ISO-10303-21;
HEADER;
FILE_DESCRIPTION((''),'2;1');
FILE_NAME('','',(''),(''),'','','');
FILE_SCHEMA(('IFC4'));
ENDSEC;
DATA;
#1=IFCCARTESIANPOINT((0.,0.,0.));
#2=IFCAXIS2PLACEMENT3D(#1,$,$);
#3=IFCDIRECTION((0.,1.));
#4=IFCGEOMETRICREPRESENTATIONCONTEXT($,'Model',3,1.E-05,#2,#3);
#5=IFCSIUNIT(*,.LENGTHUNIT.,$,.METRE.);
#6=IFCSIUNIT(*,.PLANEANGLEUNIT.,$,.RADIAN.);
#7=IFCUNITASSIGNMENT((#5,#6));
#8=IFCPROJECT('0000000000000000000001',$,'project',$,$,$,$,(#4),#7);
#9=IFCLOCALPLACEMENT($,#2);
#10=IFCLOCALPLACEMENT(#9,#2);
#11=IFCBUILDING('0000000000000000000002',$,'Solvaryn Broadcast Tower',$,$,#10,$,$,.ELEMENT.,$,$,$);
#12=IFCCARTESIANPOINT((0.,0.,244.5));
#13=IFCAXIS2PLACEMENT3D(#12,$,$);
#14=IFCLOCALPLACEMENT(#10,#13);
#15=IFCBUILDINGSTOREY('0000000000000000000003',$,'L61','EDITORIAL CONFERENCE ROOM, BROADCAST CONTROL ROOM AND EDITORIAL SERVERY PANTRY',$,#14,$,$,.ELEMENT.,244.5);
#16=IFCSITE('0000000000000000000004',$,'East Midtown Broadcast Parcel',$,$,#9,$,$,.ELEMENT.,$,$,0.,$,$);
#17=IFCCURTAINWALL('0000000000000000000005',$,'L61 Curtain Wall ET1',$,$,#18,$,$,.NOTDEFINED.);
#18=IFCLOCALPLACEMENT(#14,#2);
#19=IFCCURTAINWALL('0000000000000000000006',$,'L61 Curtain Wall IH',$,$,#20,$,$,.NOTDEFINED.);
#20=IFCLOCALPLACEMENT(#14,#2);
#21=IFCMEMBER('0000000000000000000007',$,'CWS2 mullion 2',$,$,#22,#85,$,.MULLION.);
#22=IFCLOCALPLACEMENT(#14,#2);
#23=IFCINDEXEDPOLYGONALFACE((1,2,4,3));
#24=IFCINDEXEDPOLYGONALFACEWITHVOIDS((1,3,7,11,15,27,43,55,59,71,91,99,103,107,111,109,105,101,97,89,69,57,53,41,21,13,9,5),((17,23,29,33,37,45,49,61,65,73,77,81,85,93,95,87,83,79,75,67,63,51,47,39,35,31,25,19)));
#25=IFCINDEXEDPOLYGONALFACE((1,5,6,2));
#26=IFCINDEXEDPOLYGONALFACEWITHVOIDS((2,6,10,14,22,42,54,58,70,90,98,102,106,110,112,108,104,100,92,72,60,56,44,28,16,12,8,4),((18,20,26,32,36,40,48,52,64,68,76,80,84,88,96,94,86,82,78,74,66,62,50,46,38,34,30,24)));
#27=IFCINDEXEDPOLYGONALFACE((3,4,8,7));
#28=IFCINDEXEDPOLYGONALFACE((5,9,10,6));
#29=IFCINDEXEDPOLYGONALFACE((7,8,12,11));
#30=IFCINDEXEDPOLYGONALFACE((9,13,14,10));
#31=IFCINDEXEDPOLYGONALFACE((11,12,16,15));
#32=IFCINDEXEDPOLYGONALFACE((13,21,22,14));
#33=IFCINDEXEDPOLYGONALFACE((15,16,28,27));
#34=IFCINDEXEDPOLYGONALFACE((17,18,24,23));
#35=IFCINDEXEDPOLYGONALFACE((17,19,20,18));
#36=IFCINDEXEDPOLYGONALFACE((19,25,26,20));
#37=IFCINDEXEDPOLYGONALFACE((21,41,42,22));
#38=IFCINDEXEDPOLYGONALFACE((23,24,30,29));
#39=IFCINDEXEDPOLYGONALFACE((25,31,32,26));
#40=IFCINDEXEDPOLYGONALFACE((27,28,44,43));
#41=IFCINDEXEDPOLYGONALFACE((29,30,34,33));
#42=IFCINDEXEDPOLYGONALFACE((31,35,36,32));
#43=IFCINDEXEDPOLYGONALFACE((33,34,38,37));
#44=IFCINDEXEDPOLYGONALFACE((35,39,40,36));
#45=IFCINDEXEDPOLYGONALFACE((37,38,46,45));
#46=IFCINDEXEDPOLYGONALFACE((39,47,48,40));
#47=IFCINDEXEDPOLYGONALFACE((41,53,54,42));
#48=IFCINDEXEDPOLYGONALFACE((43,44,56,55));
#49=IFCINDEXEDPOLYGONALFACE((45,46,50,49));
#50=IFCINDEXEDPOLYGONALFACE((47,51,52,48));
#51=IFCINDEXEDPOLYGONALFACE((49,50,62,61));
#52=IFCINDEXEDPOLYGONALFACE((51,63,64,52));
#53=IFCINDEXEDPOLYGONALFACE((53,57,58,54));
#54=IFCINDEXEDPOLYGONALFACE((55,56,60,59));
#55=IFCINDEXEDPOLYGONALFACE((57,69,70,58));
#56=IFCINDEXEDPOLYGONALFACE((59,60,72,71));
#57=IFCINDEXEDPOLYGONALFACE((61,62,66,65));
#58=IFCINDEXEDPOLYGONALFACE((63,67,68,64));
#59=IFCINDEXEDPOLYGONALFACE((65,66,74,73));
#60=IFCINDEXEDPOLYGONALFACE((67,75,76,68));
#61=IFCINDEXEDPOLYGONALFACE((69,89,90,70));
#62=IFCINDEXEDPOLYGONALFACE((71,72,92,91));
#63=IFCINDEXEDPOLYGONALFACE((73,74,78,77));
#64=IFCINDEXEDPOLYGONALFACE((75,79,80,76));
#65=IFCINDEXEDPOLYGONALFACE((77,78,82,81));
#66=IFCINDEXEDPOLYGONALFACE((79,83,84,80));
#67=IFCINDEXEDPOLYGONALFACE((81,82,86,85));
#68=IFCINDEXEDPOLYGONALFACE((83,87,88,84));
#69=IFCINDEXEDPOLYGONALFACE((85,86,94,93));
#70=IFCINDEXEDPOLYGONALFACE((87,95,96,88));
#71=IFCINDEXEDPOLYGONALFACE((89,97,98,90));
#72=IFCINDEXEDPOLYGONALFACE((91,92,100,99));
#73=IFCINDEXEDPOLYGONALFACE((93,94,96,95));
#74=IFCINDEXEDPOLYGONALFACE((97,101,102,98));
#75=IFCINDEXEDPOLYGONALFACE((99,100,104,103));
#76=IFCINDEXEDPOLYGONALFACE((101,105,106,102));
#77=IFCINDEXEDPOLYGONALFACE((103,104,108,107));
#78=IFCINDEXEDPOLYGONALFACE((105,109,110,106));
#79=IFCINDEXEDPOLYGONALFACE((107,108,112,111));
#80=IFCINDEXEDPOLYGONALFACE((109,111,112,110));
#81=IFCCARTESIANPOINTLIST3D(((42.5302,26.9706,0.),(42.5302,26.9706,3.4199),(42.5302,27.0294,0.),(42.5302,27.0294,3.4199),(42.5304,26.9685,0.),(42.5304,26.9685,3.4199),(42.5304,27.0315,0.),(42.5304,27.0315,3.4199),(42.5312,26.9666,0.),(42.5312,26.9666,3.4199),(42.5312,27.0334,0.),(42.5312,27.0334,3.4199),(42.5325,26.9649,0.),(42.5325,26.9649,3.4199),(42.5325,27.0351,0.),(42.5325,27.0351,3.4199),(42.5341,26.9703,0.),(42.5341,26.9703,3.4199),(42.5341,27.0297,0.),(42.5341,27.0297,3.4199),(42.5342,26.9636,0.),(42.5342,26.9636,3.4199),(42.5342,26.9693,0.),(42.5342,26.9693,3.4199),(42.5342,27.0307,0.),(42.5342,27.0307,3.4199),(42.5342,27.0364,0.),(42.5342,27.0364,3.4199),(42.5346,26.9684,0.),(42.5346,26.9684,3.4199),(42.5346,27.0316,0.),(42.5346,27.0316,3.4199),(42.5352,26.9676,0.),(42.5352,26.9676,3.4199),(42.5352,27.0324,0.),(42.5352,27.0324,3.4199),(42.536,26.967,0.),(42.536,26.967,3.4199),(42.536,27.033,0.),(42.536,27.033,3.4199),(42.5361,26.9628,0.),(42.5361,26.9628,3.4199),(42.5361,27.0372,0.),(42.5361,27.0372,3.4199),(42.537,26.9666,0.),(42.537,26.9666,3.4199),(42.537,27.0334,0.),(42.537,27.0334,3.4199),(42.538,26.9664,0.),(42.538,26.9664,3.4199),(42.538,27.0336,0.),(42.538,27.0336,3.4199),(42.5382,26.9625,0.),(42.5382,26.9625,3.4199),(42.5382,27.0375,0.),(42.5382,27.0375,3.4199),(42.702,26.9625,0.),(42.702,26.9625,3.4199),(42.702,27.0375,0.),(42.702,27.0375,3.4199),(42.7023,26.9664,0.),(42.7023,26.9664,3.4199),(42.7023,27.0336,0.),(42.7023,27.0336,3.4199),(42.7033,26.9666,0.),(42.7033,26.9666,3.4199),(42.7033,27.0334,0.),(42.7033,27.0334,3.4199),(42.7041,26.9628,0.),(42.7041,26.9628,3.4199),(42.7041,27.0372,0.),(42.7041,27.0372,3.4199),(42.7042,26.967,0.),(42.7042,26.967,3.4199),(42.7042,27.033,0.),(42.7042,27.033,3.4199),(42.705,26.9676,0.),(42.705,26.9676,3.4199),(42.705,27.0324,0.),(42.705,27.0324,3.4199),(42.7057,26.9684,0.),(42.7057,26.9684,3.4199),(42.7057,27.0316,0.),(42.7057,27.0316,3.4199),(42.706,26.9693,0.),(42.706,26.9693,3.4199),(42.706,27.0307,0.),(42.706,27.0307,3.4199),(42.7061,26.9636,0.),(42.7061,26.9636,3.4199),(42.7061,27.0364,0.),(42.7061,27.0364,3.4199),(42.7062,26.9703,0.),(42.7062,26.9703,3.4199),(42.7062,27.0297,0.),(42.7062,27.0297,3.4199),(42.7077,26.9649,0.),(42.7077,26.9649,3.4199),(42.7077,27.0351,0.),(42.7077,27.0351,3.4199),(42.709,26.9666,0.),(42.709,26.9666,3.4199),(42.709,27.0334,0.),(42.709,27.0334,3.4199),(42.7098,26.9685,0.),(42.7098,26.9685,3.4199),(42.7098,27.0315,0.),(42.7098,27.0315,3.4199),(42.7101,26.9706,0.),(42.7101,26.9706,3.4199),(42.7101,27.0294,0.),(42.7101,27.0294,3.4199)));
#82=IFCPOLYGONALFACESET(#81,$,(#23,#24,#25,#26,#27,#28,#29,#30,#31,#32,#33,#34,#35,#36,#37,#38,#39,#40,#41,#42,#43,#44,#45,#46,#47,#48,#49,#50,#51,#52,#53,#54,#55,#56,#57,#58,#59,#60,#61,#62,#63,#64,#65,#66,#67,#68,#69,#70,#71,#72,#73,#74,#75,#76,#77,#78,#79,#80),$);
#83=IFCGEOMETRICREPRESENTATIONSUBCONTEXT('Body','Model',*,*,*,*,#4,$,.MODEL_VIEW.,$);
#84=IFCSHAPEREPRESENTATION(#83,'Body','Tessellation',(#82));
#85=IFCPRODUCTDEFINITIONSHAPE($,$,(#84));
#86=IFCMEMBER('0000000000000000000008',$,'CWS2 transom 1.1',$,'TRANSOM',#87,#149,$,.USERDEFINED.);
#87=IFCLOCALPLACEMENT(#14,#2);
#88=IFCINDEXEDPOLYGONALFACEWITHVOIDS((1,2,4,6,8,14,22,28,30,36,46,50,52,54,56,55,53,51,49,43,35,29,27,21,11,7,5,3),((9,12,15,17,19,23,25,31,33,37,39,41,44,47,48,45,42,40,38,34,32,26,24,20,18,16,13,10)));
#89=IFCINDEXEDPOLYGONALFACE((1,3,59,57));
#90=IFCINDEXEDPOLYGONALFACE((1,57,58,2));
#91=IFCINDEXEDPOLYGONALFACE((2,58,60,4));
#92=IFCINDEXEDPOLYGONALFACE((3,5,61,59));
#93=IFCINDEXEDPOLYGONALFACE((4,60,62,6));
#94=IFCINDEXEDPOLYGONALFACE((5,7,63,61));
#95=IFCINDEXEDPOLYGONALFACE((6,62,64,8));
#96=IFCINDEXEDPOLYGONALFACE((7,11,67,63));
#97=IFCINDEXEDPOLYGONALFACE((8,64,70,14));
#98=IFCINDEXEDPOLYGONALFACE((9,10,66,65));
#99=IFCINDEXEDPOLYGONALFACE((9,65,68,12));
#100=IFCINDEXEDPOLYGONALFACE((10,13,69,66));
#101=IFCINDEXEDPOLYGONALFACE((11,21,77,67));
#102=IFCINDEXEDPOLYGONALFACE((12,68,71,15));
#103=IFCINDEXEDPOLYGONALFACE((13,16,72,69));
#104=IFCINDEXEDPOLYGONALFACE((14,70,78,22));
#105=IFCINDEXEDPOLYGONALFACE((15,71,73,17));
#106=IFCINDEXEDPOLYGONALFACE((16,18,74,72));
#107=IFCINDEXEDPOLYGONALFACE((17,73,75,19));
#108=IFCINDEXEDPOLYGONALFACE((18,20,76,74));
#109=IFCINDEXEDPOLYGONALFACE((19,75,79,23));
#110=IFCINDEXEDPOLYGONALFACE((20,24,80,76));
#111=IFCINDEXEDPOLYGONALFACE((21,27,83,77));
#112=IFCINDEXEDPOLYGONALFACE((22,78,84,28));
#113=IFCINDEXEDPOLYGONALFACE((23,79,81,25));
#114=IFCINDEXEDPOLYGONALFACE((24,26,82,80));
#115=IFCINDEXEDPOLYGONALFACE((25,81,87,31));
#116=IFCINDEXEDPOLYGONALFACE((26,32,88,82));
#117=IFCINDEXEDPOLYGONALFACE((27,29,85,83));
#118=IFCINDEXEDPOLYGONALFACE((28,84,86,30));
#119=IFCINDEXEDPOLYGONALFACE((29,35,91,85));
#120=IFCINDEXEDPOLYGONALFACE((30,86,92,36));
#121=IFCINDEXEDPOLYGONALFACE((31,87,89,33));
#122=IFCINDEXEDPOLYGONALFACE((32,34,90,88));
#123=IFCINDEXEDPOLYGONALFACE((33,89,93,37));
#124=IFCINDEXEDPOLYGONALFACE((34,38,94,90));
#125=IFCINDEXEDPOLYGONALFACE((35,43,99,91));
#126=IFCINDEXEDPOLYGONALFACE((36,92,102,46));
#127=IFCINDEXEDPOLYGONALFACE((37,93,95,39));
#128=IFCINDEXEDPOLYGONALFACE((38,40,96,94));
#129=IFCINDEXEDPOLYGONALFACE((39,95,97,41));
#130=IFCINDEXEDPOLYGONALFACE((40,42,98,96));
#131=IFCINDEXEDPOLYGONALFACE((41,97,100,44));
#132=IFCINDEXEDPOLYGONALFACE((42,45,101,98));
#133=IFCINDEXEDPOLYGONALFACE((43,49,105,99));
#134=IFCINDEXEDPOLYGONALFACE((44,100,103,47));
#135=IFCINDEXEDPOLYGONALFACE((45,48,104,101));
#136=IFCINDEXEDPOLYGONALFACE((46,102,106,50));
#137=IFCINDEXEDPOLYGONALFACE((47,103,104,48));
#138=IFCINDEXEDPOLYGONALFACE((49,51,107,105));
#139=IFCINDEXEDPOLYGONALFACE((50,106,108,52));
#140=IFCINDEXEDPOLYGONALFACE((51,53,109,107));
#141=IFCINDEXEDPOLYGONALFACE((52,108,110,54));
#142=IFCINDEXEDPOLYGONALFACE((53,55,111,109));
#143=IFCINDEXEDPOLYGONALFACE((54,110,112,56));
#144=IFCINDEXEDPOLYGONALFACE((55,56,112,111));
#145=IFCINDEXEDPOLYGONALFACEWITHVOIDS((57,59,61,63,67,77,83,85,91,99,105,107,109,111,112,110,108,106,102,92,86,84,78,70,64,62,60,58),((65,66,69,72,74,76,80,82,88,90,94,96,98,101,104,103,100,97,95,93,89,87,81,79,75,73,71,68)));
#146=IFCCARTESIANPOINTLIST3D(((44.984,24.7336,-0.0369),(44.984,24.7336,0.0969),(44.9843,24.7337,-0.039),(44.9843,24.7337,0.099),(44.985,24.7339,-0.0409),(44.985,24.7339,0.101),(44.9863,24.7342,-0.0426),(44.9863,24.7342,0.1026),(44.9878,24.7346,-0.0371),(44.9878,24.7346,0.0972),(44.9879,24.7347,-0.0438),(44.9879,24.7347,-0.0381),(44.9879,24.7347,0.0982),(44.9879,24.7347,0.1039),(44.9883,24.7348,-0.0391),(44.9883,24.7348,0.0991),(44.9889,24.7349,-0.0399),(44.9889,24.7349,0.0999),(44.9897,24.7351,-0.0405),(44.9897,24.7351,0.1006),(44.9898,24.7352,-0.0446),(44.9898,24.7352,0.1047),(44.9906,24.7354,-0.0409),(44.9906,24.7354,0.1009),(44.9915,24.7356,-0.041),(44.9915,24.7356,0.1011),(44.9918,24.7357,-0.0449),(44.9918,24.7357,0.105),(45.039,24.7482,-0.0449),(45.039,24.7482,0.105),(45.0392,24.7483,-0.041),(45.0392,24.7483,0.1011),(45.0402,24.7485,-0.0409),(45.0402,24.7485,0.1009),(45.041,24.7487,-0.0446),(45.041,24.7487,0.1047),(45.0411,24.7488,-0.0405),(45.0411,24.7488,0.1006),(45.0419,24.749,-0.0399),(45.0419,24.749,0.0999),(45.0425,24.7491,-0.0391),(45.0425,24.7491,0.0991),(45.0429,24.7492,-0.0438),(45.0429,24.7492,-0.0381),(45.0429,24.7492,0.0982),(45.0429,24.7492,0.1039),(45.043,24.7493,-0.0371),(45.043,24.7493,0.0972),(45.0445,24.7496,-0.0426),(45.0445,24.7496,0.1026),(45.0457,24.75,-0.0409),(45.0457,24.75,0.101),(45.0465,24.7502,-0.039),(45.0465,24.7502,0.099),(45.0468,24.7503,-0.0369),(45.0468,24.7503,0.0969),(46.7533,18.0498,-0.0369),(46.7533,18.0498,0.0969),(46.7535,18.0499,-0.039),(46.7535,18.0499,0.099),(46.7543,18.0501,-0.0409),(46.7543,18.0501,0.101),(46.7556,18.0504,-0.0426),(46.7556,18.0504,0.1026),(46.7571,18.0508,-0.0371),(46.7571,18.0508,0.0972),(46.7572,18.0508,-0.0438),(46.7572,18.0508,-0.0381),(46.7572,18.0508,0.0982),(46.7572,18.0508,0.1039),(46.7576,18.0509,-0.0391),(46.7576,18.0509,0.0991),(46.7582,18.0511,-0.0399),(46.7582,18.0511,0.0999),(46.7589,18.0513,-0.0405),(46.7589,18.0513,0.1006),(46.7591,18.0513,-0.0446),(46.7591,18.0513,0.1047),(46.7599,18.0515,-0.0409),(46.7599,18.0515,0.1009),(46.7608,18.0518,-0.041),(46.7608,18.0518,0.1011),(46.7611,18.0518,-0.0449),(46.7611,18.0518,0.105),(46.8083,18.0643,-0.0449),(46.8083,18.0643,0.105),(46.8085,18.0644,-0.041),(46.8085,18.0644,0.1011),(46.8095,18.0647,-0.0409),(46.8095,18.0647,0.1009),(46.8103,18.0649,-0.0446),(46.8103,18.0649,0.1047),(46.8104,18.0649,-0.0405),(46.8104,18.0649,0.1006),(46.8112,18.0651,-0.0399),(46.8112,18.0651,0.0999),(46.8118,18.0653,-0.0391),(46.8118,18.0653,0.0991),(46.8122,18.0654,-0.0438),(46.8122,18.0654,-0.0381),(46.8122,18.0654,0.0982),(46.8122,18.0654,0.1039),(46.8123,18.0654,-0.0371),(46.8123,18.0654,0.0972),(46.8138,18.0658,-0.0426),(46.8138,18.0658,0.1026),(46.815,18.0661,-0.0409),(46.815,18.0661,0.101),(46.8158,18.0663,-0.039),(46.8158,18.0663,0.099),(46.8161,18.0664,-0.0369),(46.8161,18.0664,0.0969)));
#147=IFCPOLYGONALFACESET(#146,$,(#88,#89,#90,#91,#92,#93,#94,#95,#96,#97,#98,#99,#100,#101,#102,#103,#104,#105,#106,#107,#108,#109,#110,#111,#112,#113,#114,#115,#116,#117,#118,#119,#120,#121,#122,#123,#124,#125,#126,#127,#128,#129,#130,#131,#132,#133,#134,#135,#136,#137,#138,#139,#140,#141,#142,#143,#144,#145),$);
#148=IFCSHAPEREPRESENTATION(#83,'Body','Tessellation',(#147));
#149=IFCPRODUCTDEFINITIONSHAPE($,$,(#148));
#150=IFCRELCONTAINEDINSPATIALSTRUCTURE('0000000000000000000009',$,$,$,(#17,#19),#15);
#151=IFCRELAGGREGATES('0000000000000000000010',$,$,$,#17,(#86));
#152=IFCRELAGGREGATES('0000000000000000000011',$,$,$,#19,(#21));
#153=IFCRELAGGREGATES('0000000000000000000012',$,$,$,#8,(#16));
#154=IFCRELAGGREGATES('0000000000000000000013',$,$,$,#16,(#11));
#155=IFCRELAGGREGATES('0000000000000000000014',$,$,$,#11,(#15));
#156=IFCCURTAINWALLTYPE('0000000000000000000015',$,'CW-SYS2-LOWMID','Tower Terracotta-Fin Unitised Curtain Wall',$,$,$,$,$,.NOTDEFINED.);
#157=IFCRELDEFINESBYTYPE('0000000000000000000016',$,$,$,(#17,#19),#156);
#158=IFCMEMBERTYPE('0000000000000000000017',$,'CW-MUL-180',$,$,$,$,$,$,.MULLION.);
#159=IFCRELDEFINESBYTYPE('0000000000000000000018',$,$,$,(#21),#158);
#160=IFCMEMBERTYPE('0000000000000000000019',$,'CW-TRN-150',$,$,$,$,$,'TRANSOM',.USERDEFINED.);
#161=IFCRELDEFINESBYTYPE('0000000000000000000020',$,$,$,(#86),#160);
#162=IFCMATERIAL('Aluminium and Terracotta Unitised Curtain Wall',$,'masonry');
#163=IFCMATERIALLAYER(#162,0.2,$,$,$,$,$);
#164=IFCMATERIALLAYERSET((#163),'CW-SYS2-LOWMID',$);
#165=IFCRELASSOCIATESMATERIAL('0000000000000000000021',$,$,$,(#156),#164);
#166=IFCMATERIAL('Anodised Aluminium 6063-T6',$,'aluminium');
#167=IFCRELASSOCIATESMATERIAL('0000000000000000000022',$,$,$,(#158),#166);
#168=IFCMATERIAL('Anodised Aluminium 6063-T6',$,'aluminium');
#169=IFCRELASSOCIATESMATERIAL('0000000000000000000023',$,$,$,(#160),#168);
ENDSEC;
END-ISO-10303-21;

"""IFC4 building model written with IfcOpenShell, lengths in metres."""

from ifc_helpers import new_model, si_unit, direction, frame, origin, origin_2d, place, context, subcontext, project, spatial, hollow_rectangle, extrude, material, layer, layer_set, material_profile, profile_set, type_object, element, aggregate, save


model = new_model("IFC4")

# Units and contexts
model_context = context("Model", 3, precision=1e-05, world=origin(), true_north=direction((0.0, 1.0)))
body_context = subcontext(model_context, "Body", "Model", "MODEL_VIEW")
ifc_project = project(units=[si_unit("LENGTHUNIT", "METRE"), si_unit("PLANEANGLEUNIT", "RADIAN")], contexts=[model_context])

# Site, building, storey
site_placement = place(None, origin())
site = spatial("IfcSite", under=ifc_project, at=site_placement, Name="East Midtown Broadcast Parcel", CompositionType="ELEMENT", RefElevation=0.0)
building_placement = place(site_placement, origin())
building = spatial("IfcBuilding", under=site, at=building_placement, Name="Solvaryn Broadcast Tower", CompositionType="ELEMENT")
storey_placement = place(building_placement, frame((0.0, 0.0, 244.5)))
storey = spatial("IfcBuildingStorey", under=building, at=storey_placement, Name="L61", Description="EDITORIAL CONFERENCE ROOM, BROADCAST CONTROL ROOM AND EDITORIAL SERVERY PANTRY", CompositionType="ELEMENT", Elevation=244.5)

# Curtain wall
ifc_material_1 = material(Name="Aluminium and Terracotta Unitised Curtain Wall", Category="masonry")
ifc_layer_1 = layer(ifc_material_1, 0.2)
ifc_layer_set_1 = layer_set([ifc_layer_1], Name="CW-SYS2-LOWMID")
curtain_wall_type = type_object("IfcCurtainWallType", Name="CW-SYS2-LOWMID", Description="Tower Terracotta-Fin Unitised Curtain Wall", PredefinedType="NOTDEFINED", material=ifc_layer_set_1)
curtain_wall_1_placement = place(storey_placement, origin())
curtain_wall_1 = element("IfcCurtainWall", 1, at=curtain_wall_1_placement, inside=storey, type_object=curtain_wall_type, Name="L61 Curtain Wall ET1", PredefinedType="NOTDEFINED")
ifc_material_2 = material(Name="Anodised Aluminium 6063-T6", Category="aluminium")
ifc_material_profile_1 = material_profile(ifc_material_2, hollow_rectangle(XDim=0.075, YDim=0.1799, WallThickness=0.0039, InnerFilletRadius=0.0039, OuterFilletRadius=0.0081, at=origin_2d()))
ifc_profile_set_1 = profile_set([ifc_material_profile_1], Name="Anodised Aluminium 6063-T6")
member_type_1 = type_object("IfcMemberType", Name="CW-MUL-180", PredefinedType="MULLION", material=ifc_profile_set_1)

# Curtain wall, member
curtain_wall_2_placement = place(storey_placement, origin())
curtain_wall_2 = element("IfcCurtainWall", 2, at=curtain_wall_2_placement, inside=storey, type_object=curtain_wall_type, Name="L61 Curtain Wall IH", PredefinedType="NOTDEFINED")
member_1_placement = place(storey_placement, frame((42.6201, 27.0, 0.0), z_axis=(0.0, 0.0, 1.0), x_axis=(0.0, 1.0, 0.0)))
member_1 = element("IfcMember", 3, at=member_1_placement, type_object=member_type_1, Name="CWS2 mullion 2", PredefinedType="MULLION", context=body_context, shape_type="SweptSolid", body=[
    extrude(hollow_rectangle(XDim=0.075, YDim=0.1799, WallThickness=0.0039, InnerFilletRadius=0.0039, OuterFilletRadius=0.0081, at=origin_2d()), origin(), (0.0, 0.0, 1.0), 3.4199),
])

# Member
ifc_material_3 = material(Name="Anodised Aluminium 6063-T6", Category="aluminium")
ifc_material_profile_2 = material_profile(ifc_material_3, hollow_rectangle(XDim=0.0649, YDim=0.1499, WallThickness=0.0039, InnerFilletRadius=0.0039, OuterFilletRadius=0.0081, at=origin_2d()))
ifc_profile_set_2 = profile_set([ifc_material_profile_2], Name="Anodised Aluminium 6063-T6")
member_type_2 = type_object("IfcMemberType", Name="CW-TRN-150", ElementType="TRANSOM", PredefinedType="USERDEFINED", material=ifc_profile_set_2)
member_2_placement = place(storey_placement, frame((45.0154, 24.7419, 0.03), z_axis=(0.255897, -0.966704, 0.0), x_axis=(0.966704, 0.255897, 0.0)))
member_2 = element("IfcMember", 4, at=member_2_placement, type_object=member_type_2, Name="CWS2 transom 1.1", ObjectType="TRANSOM", PredefinedType="USERDEFINED", context=body_context, shape_type="SweptSolid", body=[
    extrude(hollow_rectangle(XDim=0.0649, YDim=0.1499, WallThickness=0.0039, InnerFilletRadius=0.0039, OuterFilletRadius=0.0081, at=origin_2d()), origin(), (0.0, 0.0, 1.0), 6.9141),
])

aggregate(curtain_wall_1, [member_2])
aggregate(curtain_wall_2, [member_1])

save(model, "model.ifc")
